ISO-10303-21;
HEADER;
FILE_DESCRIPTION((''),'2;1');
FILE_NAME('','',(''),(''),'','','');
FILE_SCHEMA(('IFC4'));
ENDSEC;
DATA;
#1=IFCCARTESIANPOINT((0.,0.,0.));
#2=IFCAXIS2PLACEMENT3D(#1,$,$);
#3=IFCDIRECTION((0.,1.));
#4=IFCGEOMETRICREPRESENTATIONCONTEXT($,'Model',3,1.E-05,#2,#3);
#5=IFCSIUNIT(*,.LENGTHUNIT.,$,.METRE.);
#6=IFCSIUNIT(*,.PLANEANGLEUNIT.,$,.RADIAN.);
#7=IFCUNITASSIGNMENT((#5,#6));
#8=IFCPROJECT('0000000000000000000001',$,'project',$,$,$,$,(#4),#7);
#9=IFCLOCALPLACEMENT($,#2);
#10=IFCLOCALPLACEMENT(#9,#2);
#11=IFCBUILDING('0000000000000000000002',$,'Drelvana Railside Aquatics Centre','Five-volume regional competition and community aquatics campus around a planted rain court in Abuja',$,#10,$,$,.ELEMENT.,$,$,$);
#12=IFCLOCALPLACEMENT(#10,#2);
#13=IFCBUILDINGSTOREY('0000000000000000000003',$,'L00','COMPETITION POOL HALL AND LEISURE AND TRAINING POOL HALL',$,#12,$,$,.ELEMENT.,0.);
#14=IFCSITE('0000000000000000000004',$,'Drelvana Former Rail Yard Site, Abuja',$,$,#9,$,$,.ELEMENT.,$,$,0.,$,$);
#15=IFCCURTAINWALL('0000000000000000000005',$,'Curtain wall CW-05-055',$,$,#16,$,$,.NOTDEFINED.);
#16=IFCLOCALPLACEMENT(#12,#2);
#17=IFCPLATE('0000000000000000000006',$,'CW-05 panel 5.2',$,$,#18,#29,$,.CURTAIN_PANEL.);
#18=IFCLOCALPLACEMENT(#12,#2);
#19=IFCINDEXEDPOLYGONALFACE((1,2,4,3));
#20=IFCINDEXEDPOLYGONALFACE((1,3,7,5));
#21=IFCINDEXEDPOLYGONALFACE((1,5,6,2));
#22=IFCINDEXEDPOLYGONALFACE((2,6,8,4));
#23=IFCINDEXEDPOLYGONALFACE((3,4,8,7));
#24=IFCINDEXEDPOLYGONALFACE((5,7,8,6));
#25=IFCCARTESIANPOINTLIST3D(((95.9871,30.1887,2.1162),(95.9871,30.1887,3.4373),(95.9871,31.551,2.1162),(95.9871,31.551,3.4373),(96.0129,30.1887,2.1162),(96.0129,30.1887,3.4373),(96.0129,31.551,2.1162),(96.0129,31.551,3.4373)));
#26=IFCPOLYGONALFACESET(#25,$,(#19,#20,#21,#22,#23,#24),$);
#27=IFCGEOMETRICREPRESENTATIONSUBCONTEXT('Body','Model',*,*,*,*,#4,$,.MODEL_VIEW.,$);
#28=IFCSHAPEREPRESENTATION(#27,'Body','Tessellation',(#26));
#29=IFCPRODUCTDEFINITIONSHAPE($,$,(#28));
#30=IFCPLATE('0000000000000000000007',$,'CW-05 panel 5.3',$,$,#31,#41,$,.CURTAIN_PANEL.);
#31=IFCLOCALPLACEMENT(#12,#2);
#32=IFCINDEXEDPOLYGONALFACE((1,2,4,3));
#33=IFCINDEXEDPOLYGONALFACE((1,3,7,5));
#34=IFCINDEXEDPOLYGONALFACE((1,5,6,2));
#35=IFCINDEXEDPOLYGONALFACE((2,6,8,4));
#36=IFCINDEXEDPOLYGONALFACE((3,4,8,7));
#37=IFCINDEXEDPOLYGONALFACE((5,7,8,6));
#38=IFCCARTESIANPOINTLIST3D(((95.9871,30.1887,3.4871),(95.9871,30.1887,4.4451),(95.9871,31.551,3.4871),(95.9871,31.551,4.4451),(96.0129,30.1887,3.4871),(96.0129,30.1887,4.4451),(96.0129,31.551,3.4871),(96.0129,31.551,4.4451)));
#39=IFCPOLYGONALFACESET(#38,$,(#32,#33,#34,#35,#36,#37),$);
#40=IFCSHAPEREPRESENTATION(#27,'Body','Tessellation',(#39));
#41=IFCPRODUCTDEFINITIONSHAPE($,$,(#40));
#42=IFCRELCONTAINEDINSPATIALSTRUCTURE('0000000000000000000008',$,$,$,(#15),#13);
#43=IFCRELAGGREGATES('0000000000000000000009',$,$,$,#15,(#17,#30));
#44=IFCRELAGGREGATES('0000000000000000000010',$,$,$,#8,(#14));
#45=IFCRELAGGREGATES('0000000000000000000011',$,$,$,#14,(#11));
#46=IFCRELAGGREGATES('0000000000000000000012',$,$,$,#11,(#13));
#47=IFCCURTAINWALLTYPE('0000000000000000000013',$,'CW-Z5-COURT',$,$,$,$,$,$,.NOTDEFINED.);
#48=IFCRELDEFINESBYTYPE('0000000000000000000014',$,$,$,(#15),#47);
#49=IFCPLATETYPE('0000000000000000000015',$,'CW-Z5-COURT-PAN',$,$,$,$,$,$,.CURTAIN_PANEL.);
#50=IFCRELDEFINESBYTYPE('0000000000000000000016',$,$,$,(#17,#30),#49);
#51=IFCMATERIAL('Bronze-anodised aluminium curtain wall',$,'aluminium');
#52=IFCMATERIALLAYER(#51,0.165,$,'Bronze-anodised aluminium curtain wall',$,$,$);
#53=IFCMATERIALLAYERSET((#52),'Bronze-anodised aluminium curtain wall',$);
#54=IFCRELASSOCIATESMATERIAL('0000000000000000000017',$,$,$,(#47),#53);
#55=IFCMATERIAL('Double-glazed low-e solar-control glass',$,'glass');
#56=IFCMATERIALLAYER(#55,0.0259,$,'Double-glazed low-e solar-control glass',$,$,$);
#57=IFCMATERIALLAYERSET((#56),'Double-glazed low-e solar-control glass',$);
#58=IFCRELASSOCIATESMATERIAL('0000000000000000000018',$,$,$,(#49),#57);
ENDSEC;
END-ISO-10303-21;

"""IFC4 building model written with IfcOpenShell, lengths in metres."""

from ifc_helpers import new_model, si_unit, direction, frame, origin, origin_2d, place, context, subcontext, project, spatial, rectangle, extrude, material, layer, layer_set, type_object, element, aggregate, save


model = new_model("IFC4")

# Units and contexts
model_context = context("Model", 3, precision=1e-05, world=origin(), true_north=direction((0.0, 1.0)))
body_context = subcontext(model_context, "Body", "Model", "MODEL_VIEW")
ifc_project = project(units=[si_unit("LENGTHUNIT", "METRE"), si_unit("PLANEANGLEUNIT", "RADIAN")], contexts=[model_context])

# Site, building, storey
site_placement = place(None, origin())
site = spatial("IfcSite", under=ifc_project, at=site_placement, Name="Drelvana Former Rail Yard Site, Abuja", CompositionType="ELEMENT", RefElevation=0.0)
building_placement = place(site_placement, origin())
building = spatial("IfcBuilding", under=site, at=building_placement, Name="Drelvana Railside Aquatics Centre", Description="Five-volume regional competition and community aquatics campus around a planted rain court in Abuja", CompositionType="ELEMENT")
storey_placement = place(building_placement, origin())
storey = spatial("IfcBuildingStorey", under=building, at=storey_placement, Name="L00", Description="COMPETITION POOL HALL AND LEISURE AND TRAINING POOL HALL", CompositionType="ELEMENT", Elevation=0.0)

# Curtain wall, plates
ifc_material_1 = material(Name="Bronze-anodised aluminium curtain wall", Category="aluminium")
ifc_layer_1 = layer(ifc_material_1, 0.165, Name="Bronze-anodised aluminium curtain wall")
ifc_layer_set_1 = layer_set([ifc_layer_1], Name="Bronze-anodised aluminium curtain wall")
curtain_wall_type = type_object("IfcCurtainWallType", Name="CW-Z5-COURT", PredefinedType="NOTDEFINED", material=ifc_layer_set_1)
curtain_wall_placement = place(storey_placement, origin())
curtain_wall = element("IfcCurtainWall", 1, at=curtain_wall_placement, inside=storey, type_object=curtain_wall_type, Name="Curtain wall CW-05-055", PredefinedType="NOTDEFINED")
ifc_material_2 = material(Name="Double-glazed low-e solar-control glass", Category="glass")
ifc_layer_2 = layer(ifc_material_2, 0.0259, Name="Double-glazed low-e solar-control glass")
ifc_layer_set_2 = layer_set([ifc_layer_2], Name="Double-glazed low-e solar-control glass")
plate_type = type_object("IfcPlateType", Name="CW-Z5-COURT-PAN", PredefinedType="CURTAIN_PANEL", material=ifc_layer_set_2)
plate_1_placement = place(storey_placement, frame((96.0, 30.8699, 2.1162), z_axis=(0.0, 0.0, 1.0), x_axis=(0.0, 1.0, 0.0)))
plate_1 = element("IfcPlate", 2, at=plate_1_placement, type_object=plate_type, Name="CW-05 panel 5.2", PredefinedType="CURTAIN_PANEL", context=body_context, shape_type="SweptSolid", body=[
    extrude(rectangle(XDim=1.3623, YDim=0.0259, at=origin_2d()), origin(), (0.0, 0.0, 1.0), 1.321),
])
plate_2_placement = place(storey_placement, frame((96.0, 30.8699, 3.4871), z_axis=(0.0, 0.0, 1.0), x_axis=(0.0, 1.0, 0.0)))
plate_2 = element("IfcPlate", 3, at=plate_2_placement, type_object=plate_type, Name="CW-05 panel 5.3", PredefinedType="CURTAIN_PANEL", context=body_context, shape_type="SweptSolid", body=[
    extrude(rectangle(XDim=1.3623, YDim=0.0259, at=origin_2d()), origin(), (0.0, 0.0, 1.0), 0.958),
])
aggregate(curtain_wall, [plate_1, plate_2])

save(model, "model.ifc")
